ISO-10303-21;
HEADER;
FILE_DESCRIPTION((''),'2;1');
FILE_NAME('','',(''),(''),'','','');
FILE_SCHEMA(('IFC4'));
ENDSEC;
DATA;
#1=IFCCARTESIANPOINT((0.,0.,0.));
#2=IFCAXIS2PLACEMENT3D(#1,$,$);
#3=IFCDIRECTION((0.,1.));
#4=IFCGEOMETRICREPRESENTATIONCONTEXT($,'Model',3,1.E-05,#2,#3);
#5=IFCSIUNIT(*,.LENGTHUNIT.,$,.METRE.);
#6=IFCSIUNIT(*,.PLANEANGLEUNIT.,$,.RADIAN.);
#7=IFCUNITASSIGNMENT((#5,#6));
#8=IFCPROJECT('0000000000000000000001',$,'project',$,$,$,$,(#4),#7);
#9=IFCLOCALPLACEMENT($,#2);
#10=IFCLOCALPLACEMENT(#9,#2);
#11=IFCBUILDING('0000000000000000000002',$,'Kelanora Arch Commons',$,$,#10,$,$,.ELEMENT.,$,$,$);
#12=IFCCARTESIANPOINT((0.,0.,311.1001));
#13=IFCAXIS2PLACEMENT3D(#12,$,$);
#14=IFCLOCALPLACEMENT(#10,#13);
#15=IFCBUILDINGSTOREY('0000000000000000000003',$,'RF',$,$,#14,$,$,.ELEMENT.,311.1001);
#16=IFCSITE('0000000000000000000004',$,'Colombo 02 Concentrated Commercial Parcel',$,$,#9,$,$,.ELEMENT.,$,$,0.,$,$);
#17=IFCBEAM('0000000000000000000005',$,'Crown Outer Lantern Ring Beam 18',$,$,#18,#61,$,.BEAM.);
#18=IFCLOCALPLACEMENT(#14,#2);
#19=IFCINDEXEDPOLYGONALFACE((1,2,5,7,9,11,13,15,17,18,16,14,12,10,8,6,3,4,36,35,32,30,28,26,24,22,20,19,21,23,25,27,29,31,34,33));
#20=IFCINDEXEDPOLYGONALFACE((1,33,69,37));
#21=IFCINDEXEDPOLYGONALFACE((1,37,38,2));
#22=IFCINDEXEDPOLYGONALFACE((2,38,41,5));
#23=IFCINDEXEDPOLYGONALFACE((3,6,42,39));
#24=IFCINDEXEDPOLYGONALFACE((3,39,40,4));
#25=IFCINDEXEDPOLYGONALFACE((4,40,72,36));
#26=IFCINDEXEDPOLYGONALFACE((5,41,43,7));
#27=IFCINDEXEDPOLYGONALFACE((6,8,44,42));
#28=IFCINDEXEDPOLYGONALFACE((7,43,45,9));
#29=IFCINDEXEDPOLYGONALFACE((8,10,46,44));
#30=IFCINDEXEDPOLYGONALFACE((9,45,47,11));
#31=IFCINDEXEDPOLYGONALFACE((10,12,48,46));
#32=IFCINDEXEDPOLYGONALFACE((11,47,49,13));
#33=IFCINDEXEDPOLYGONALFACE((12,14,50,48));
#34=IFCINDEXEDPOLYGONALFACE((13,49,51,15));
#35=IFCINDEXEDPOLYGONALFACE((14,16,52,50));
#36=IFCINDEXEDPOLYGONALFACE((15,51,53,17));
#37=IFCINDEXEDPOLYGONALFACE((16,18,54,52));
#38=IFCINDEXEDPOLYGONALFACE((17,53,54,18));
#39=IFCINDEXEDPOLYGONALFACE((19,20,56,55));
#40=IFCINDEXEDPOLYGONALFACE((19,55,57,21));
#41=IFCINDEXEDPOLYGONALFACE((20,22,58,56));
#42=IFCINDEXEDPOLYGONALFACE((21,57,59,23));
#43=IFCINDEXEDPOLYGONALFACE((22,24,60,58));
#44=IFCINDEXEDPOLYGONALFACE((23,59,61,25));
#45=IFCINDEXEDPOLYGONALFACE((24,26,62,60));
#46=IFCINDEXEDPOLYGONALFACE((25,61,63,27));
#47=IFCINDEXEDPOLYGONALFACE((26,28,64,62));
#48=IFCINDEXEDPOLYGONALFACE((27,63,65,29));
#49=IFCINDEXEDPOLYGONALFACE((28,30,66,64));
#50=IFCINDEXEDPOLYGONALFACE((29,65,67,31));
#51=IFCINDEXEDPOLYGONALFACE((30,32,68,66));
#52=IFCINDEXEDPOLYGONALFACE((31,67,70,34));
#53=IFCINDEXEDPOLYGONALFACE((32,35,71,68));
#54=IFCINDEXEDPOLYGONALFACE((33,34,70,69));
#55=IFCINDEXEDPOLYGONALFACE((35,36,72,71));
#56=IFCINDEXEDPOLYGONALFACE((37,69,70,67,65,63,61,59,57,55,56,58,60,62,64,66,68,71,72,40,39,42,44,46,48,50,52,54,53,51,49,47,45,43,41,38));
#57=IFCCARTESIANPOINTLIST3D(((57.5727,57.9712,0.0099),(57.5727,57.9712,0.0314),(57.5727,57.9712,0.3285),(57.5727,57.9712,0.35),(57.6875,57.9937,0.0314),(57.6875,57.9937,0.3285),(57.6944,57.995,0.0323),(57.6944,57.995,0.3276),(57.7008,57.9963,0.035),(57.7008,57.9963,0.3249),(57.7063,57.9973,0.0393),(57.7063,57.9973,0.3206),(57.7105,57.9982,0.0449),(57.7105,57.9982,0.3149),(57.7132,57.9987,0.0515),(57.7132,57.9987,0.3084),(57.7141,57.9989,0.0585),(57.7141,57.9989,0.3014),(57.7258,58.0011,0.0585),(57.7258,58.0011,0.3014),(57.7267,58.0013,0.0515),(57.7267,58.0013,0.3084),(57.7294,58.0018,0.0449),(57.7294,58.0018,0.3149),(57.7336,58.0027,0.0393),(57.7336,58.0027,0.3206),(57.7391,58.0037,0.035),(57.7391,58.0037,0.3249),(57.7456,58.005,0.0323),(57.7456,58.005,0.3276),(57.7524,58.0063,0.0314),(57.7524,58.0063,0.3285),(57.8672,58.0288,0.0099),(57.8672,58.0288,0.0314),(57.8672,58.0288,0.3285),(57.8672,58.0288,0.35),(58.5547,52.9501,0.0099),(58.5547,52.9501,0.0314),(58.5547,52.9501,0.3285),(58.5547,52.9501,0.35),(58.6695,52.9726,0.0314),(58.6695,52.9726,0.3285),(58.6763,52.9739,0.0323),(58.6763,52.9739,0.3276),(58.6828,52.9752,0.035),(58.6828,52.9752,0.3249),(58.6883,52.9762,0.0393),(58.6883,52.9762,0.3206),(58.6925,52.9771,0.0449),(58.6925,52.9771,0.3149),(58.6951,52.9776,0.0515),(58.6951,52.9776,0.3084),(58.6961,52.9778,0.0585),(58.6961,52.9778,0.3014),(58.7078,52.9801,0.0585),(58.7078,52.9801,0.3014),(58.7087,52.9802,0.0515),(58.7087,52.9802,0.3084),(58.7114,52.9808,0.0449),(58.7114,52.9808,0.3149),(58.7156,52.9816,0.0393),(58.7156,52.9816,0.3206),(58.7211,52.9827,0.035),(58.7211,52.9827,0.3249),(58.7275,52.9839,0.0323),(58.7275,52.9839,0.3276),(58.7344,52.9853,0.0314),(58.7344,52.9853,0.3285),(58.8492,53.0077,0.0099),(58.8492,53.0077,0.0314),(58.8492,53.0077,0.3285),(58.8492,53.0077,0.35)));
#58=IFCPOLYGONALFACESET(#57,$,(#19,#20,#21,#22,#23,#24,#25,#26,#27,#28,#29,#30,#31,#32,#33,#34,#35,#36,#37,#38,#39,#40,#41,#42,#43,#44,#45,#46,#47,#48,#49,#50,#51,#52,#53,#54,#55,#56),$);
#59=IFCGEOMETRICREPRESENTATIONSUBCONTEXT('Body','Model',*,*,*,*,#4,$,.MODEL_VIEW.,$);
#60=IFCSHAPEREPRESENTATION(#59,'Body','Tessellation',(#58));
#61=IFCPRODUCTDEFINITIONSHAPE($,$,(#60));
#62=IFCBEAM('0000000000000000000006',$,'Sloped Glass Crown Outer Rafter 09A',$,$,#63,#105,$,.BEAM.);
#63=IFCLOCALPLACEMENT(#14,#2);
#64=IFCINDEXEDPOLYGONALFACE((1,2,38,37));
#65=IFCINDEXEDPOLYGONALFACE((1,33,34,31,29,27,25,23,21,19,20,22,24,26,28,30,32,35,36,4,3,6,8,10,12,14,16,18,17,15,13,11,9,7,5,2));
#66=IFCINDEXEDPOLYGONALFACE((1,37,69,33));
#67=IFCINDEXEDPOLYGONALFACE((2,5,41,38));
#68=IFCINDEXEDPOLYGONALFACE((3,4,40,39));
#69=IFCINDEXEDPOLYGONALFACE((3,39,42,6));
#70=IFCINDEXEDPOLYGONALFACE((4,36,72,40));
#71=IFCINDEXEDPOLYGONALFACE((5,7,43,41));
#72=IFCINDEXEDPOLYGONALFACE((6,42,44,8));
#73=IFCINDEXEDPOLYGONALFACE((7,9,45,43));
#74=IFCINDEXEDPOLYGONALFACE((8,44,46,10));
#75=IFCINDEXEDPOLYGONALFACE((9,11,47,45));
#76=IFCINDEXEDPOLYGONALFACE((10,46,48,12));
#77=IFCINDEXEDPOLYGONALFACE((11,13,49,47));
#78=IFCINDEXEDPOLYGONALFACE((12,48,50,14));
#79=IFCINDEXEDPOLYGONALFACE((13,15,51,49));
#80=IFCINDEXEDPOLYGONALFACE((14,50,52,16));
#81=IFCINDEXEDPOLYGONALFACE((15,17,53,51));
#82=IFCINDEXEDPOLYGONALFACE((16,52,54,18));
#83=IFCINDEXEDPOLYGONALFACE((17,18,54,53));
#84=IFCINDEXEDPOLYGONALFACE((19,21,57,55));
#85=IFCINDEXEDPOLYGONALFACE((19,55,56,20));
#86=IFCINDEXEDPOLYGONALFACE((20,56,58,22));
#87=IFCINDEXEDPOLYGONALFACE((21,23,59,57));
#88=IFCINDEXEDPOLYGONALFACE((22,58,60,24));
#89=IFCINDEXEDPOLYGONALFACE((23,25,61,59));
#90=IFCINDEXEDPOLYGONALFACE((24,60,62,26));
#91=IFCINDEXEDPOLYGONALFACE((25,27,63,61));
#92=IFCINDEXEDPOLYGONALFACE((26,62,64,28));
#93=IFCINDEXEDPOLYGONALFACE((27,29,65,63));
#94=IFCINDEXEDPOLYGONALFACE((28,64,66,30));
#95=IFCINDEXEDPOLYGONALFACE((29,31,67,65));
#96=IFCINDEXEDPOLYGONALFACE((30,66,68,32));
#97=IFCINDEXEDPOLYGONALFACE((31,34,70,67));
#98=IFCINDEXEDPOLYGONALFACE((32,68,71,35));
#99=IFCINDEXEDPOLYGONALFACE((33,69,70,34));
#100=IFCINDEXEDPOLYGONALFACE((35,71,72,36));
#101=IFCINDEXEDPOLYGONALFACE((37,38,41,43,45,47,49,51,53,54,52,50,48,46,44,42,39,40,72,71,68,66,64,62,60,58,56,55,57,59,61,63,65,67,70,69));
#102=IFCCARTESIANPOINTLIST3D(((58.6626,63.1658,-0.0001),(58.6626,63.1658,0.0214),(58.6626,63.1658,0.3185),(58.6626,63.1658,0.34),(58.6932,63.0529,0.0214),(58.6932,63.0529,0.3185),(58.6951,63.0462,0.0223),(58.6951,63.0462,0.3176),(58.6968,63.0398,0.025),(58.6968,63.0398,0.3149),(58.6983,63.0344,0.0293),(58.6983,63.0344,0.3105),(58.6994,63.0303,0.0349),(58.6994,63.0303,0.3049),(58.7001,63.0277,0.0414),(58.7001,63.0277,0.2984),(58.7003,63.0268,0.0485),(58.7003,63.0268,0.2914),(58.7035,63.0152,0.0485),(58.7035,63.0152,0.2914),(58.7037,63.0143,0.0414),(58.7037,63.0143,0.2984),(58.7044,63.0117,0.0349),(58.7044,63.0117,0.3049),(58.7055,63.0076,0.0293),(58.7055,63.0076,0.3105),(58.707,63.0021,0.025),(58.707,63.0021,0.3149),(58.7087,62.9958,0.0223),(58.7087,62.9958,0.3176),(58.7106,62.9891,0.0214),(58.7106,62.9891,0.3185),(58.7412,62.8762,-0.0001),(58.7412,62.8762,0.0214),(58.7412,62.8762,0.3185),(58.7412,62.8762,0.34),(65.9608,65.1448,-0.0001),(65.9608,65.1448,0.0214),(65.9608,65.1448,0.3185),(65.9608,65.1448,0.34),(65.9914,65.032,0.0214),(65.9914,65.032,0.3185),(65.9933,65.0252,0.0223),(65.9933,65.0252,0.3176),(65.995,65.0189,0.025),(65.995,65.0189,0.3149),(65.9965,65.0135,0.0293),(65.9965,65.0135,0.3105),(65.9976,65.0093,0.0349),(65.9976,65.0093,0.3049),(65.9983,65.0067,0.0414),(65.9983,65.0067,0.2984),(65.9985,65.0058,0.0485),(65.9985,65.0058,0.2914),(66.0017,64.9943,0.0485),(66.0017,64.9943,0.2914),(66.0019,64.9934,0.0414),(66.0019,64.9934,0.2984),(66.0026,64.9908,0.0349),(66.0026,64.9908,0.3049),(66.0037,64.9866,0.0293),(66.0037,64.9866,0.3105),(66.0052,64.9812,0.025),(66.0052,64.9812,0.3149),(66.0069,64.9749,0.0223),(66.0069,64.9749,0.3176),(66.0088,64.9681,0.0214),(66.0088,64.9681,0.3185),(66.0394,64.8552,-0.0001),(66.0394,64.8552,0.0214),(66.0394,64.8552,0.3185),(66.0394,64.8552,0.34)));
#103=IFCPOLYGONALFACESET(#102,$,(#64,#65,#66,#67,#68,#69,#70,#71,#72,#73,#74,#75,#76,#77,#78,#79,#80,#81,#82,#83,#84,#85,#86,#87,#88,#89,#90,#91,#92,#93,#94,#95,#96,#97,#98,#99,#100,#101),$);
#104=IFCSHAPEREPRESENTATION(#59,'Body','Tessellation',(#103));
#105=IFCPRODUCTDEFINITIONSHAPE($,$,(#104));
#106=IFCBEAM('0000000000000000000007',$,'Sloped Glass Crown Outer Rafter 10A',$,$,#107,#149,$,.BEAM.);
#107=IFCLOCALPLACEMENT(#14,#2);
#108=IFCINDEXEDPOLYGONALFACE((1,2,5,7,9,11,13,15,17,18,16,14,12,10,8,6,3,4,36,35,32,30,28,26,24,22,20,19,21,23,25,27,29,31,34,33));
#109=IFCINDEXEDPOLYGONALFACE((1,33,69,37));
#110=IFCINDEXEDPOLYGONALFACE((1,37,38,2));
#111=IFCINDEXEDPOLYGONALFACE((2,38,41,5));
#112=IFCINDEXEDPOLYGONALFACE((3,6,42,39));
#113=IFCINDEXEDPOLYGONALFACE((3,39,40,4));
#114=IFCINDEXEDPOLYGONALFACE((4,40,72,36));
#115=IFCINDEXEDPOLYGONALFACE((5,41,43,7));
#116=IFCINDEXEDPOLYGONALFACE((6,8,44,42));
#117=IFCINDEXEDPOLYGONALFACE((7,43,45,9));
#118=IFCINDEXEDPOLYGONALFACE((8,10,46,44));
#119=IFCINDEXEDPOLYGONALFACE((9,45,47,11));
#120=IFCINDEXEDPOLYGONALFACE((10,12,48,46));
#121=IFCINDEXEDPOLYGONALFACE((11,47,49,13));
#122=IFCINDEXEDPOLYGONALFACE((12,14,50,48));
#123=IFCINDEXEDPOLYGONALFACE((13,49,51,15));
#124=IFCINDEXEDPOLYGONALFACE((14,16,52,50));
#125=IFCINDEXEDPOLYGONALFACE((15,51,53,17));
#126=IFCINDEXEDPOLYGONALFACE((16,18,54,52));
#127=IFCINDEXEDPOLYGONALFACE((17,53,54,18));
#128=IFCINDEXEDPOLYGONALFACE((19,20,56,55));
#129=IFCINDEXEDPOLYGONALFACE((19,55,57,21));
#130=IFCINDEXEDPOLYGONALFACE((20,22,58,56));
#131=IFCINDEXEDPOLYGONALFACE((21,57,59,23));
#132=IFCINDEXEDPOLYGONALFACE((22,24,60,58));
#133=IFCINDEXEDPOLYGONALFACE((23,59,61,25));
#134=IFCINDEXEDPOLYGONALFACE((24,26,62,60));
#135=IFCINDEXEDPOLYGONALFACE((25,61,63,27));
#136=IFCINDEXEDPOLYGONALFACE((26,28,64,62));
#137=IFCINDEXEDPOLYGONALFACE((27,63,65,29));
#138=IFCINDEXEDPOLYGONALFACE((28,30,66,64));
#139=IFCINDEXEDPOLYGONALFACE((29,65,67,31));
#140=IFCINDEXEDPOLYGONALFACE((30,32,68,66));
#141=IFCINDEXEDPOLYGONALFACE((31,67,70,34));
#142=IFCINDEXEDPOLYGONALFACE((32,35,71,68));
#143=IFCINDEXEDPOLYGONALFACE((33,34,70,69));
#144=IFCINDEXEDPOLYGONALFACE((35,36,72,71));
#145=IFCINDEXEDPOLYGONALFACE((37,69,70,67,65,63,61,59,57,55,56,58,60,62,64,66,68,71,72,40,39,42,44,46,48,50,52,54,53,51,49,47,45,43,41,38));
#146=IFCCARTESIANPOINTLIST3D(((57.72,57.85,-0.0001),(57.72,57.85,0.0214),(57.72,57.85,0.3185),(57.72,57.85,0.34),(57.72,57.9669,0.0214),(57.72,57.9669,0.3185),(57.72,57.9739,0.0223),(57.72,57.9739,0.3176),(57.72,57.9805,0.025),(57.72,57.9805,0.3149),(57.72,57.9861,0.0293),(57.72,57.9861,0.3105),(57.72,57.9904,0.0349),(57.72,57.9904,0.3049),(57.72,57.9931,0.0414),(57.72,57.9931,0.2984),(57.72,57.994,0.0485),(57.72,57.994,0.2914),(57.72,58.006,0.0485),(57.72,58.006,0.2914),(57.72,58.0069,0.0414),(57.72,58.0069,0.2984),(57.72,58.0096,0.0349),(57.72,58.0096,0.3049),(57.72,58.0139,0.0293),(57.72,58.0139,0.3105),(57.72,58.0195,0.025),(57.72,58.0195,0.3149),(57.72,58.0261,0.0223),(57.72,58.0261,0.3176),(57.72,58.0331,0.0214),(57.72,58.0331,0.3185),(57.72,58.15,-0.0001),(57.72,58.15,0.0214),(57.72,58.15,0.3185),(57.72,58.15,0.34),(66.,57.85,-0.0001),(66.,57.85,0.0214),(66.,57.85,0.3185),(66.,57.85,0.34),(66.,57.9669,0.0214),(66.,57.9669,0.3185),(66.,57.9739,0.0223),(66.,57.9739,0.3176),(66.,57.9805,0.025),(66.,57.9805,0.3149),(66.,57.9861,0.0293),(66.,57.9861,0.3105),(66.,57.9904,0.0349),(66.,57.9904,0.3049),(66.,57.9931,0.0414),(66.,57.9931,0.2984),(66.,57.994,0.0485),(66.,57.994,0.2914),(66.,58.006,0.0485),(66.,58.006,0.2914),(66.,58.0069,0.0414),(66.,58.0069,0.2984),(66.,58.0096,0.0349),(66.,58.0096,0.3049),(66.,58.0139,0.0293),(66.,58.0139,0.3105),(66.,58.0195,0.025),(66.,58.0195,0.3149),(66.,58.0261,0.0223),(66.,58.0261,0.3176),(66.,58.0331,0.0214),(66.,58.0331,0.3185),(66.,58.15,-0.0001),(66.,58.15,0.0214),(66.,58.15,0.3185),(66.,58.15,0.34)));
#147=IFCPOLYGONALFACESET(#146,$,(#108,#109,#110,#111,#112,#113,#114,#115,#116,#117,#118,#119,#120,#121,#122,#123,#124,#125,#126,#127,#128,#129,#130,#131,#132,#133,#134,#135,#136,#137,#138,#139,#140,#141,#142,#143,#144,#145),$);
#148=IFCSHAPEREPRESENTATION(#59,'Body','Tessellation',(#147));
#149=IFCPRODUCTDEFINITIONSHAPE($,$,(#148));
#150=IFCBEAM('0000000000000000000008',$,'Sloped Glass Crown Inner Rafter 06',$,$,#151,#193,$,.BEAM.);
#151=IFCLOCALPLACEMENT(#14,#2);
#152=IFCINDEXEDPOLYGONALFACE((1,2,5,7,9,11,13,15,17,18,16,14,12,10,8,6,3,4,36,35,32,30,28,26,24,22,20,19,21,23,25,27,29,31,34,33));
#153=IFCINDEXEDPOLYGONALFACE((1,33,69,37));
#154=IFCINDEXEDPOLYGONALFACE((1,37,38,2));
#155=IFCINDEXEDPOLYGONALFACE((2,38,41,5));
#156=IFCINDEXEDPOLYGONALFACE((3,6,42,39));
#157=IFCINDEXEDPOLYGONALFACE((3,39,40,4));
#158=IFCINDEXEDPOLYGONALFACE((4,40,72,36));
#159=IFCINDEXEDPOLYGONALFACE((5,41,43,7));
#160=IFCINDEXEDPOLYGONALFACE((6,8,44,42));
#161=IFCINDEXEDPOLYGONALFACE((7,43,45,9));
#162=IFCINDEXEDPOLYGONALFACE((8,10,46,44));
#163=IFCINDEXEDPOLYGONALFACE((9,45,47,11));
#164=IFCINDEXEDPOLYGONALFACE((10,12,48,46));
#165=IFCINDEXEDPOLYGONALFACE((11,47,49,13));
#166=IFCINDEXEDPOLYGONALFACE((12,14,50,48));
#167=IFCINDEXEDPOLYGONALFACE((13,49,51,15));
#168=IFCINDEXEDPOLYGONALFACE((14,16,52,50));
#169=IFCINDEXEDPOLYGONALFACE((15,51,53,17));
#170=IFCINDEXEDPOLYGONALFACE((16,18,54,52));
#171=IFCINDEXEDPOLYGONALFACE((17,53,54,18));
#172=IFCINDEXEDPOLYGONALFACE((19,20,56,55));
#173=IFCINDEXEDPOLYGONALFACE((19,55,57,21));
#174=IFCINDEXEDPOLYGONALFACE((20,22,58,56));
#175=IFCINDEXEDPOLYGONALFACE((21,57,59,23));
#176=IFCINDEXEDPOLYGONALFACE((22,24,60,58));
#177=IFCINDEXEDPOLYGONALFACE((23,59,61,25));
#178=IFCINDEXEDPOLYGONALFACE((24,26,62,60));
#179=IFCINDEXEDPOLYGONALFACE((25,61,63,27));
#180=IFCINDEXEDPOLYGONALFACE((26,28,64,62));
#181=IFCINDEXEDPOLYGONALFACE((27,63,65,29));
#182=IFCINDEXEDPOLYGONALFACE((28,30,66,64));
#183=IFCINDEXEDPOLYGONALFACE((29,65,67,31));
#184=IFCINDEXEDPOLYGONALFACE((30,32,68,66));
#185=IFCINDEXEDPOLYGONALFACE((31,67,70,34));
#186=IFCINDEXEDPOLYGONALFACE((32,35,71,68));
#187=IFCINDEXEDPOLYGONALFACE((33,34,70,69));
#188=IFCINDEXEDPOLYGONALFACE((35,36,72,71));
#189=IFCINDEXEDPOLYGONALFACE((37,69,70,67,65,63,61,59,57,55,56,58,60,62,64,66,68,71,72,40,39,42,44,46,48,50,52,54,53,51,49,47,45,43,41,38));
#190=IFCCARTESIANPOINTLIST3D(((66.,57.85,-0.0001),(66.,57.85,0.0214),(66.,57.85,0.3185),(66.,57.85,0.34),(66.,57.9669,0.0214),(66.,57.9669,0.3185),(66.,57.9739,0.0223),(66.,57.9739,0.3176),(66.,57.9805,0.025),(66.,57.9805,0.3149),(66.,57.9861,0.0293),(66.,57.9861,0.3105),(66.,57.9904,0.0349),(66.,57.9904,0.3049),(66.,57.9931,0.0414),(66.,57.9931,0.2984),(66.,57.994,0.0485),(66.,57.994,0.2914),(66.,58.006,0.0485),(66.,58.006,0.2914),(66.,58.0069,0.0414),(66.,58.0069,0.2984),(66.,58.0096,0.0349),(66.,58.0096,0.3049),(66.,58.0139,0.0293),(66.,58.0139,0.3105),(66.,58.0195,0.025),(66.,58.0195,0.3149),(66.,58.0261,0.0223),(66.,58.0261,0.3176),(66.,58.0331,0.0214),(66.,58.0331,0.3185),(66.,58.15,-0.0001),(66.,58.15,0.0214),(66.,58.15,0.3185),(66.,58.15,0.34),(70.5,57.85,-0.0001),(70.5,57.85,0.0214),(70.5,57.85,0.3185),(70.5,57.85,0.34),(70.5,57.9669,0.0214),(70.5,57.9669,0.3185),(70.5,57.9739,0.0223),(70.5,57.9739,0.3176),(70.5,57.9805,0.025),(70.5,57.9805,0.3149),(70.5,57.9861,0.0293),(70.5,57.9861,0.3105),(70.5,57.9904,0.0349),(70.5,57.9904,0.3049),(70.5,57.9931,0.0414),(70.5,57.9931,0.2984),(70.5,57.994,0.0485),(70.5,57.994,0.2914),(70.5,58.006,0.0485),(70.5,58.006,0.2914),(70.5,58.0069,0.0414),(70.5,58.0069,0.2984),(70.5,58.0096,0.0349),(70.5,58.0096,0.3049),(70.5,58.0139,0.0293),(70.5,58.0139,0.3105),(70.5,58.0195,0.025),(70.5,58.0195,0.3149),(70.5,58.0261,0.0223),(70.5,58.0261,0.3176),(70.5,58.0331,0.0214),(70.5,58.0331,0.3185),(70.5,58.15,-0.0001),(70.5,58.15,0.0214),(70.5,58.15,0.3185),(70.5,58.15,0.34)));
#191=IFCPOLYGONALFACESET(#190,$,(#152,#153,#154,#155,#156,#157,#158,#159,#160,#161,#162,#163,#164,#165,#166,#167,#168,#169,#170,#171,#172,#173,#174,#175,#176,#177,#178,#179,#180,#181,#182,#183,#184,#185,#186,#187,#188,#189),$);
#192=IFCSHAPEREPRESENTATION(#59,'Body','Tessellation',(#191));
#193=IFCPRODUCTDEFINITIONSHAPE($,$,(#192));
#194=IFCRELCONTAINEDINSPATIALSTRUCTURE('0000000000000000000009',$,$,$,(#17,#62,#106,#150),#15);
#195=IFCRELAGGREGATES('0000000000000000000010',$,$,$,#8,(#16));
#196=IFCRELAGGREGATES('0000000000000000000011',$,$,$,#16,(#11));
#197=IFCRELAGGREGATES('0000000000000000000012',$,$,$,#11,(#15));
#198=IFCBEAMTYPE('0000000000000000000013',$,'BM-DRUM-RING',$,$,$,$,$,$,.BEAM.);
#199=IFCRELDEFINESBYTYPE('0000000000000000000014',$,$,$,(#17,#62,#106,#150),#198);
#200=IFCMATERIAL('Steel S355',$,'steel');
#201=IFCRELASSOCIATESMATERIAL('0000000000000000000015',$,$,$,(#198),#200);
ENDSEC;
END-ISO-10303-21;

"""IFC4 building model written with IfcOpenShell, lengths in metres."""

from ifc_helpers import new_model, si_unit, direction, frame, origin, origin_2d, place, context, subcontext, project, spatial, i_section, extrude, material, material_profile, profile_set, type_object, element, save


model = new_model("IFC4")

# Units and contexts
model_context = context("Model", 3, precision=1e-05, world=origin(), true_north=direction((0.0, 1.0)))
body_context = subcontext(model_context, "Body", "Model", "MODEL_VIEW")
ifc_project = project(units=[si_unit("LENGTHUNIT", "METRE"), si_unit("PLANEANGLEUNIT", "RADIAN")], contexts=[model_context])

# Site, building, storey
site_placement = place(None, origin())
site = spatial("IfcSite", under=ifc_project, at=site_placement, Name="Colombo 02 Concentrated Commercial Parcel", CompositionType="ELEMENT", RefElevation=0.0)
building_placement = place(site_placement, origin())
building = spatial("IfcBuilding", under=site, at=building_placement, Name="Kelanora Arch Commons", CompositionType="ELEMENT")
storey_placement = place(building_placement, frame((0.0, 0.0, 311.1001)))
storey = spatial("IfcBuildingStorey", under=building, at=storey_placement, Name="RF", CompositionType="ELEMENT", Elevation=311.1001)

# Beams
ifc_material_1 = material(Name="Steel S355", Category="steel")
ifc_material_profile_1 = material_profile(ifc_material_1, i_section(OverallWidth=0.3, OverallDepth=0.3401, WebThickness=0.012, FlangeThickness=0.0215, FilletRadius=0.0271, at=origin_2d()), Name="HEB340")
ifc_profile_set_1 = profile_set([ifc_material_profile_1], Name="Steel S355")
beam_type_1 = type_object("IfcBeamType", Name="BM-DRUM-RING", PredefinedType="BEAM", material=ifc_profile_set_1)
for number, where, z_axis, x_axis, name in (
    (1, (57.72, 58.0, 0.1799), (0.19193, -0.981409, 0.0), (0.981409, 0.19193, 0.0), "Crown Outer Lantern Ring Beam 18"),
):
    element("IfcBeam", number, at=place(storey_placement, frame(where, z_axis=z_axis, x_axis=x_axis)), inside=storey, type_object=beam_type_1, Name=name, PredefinedType="BEAM", context=body_context, shape_type="SweptSolid", body=[
        extrude(i_section(OverallWidth=0.3, OverallDepth=0.3401, WebThickness=0.012, FlangeThickness=0.0215, FilletRadius=0.0271, at=origin_2d()), origin(), (0.0, 0.0, 1.0), 5.1162),
    ])
beam_1_placement = place(storey_placement, frame((58.7019, 63.021, 0.1699), z_axis=(0.965145, 0.261716, 0.0), x_axis=(-0.261716, 0.965145, 0.0)))
element("IfcBeam", 2, at=beam_1_placement, inside=storey, type_object=beam_type_1, Name="Sloped Glass Crown Outer Rafter 09A", PredefinedType="BEAM", context=body_context, shape_type="SweptSolid", body=[
    extrude(i_section(OverallWidth=0.3, OverallDepth=0.3401, WebThickness=0.012, FlangeThickness=0.0215, FilletRadius=0.0271, at=origin_2d()), origin(), (0.0, 0.0, 1.0), 7.5618),
])
beam_2_placement = place(storey_placement, frame((57.72, 58.0, 0.1699), z_axis=(1.0, 0.0, 0.0), x_axis=(0.0, 1.0, 0.0)))
element("IfcBeam", 3, at=beam_2_placement, inside=storey, type_object=beam_type_1, Name="Sloped Glass Crown Outer Rafter 10A", PredefinedType="BEAM", context=body_context, shape_type="SweptSolid", body=[
    extrude(i_section(OverallWidth=0.3, OverallDepth=0.3401, WebThickness=0.012, FlangeThickness=0.0215, FilletRadius=0.0271, at=origin_2d()), origin(), (0.0, 0.0, 1.0), 8.28),
])
beam_3_placement = place(storey_placement, frame((66.0, 58.0, 0.1699), z_axis=(1.0, 0.0, 0.0), x_axis=(0.0, 1.0, 0.0)))
element("IfcBeam", 4, at=beam_3_placement, inside=storey, type_object=beam_type_1, Name="Sloped Glass Crown Inner Rafter 06", PredefinedType="BEAM", context=body_context, shape_type="SweptSolid", body=[
    extrude(i_section(OverallWidth=0.3, OverallDepth=0.3401, WebThickness=0.012, FlangeThickness=0.0215, FilletRadius=0.0271, at=origin_2d()), origin(), (0.0, 0.0, 1.0), 4.5),
])

save(model, "model.ifc")
